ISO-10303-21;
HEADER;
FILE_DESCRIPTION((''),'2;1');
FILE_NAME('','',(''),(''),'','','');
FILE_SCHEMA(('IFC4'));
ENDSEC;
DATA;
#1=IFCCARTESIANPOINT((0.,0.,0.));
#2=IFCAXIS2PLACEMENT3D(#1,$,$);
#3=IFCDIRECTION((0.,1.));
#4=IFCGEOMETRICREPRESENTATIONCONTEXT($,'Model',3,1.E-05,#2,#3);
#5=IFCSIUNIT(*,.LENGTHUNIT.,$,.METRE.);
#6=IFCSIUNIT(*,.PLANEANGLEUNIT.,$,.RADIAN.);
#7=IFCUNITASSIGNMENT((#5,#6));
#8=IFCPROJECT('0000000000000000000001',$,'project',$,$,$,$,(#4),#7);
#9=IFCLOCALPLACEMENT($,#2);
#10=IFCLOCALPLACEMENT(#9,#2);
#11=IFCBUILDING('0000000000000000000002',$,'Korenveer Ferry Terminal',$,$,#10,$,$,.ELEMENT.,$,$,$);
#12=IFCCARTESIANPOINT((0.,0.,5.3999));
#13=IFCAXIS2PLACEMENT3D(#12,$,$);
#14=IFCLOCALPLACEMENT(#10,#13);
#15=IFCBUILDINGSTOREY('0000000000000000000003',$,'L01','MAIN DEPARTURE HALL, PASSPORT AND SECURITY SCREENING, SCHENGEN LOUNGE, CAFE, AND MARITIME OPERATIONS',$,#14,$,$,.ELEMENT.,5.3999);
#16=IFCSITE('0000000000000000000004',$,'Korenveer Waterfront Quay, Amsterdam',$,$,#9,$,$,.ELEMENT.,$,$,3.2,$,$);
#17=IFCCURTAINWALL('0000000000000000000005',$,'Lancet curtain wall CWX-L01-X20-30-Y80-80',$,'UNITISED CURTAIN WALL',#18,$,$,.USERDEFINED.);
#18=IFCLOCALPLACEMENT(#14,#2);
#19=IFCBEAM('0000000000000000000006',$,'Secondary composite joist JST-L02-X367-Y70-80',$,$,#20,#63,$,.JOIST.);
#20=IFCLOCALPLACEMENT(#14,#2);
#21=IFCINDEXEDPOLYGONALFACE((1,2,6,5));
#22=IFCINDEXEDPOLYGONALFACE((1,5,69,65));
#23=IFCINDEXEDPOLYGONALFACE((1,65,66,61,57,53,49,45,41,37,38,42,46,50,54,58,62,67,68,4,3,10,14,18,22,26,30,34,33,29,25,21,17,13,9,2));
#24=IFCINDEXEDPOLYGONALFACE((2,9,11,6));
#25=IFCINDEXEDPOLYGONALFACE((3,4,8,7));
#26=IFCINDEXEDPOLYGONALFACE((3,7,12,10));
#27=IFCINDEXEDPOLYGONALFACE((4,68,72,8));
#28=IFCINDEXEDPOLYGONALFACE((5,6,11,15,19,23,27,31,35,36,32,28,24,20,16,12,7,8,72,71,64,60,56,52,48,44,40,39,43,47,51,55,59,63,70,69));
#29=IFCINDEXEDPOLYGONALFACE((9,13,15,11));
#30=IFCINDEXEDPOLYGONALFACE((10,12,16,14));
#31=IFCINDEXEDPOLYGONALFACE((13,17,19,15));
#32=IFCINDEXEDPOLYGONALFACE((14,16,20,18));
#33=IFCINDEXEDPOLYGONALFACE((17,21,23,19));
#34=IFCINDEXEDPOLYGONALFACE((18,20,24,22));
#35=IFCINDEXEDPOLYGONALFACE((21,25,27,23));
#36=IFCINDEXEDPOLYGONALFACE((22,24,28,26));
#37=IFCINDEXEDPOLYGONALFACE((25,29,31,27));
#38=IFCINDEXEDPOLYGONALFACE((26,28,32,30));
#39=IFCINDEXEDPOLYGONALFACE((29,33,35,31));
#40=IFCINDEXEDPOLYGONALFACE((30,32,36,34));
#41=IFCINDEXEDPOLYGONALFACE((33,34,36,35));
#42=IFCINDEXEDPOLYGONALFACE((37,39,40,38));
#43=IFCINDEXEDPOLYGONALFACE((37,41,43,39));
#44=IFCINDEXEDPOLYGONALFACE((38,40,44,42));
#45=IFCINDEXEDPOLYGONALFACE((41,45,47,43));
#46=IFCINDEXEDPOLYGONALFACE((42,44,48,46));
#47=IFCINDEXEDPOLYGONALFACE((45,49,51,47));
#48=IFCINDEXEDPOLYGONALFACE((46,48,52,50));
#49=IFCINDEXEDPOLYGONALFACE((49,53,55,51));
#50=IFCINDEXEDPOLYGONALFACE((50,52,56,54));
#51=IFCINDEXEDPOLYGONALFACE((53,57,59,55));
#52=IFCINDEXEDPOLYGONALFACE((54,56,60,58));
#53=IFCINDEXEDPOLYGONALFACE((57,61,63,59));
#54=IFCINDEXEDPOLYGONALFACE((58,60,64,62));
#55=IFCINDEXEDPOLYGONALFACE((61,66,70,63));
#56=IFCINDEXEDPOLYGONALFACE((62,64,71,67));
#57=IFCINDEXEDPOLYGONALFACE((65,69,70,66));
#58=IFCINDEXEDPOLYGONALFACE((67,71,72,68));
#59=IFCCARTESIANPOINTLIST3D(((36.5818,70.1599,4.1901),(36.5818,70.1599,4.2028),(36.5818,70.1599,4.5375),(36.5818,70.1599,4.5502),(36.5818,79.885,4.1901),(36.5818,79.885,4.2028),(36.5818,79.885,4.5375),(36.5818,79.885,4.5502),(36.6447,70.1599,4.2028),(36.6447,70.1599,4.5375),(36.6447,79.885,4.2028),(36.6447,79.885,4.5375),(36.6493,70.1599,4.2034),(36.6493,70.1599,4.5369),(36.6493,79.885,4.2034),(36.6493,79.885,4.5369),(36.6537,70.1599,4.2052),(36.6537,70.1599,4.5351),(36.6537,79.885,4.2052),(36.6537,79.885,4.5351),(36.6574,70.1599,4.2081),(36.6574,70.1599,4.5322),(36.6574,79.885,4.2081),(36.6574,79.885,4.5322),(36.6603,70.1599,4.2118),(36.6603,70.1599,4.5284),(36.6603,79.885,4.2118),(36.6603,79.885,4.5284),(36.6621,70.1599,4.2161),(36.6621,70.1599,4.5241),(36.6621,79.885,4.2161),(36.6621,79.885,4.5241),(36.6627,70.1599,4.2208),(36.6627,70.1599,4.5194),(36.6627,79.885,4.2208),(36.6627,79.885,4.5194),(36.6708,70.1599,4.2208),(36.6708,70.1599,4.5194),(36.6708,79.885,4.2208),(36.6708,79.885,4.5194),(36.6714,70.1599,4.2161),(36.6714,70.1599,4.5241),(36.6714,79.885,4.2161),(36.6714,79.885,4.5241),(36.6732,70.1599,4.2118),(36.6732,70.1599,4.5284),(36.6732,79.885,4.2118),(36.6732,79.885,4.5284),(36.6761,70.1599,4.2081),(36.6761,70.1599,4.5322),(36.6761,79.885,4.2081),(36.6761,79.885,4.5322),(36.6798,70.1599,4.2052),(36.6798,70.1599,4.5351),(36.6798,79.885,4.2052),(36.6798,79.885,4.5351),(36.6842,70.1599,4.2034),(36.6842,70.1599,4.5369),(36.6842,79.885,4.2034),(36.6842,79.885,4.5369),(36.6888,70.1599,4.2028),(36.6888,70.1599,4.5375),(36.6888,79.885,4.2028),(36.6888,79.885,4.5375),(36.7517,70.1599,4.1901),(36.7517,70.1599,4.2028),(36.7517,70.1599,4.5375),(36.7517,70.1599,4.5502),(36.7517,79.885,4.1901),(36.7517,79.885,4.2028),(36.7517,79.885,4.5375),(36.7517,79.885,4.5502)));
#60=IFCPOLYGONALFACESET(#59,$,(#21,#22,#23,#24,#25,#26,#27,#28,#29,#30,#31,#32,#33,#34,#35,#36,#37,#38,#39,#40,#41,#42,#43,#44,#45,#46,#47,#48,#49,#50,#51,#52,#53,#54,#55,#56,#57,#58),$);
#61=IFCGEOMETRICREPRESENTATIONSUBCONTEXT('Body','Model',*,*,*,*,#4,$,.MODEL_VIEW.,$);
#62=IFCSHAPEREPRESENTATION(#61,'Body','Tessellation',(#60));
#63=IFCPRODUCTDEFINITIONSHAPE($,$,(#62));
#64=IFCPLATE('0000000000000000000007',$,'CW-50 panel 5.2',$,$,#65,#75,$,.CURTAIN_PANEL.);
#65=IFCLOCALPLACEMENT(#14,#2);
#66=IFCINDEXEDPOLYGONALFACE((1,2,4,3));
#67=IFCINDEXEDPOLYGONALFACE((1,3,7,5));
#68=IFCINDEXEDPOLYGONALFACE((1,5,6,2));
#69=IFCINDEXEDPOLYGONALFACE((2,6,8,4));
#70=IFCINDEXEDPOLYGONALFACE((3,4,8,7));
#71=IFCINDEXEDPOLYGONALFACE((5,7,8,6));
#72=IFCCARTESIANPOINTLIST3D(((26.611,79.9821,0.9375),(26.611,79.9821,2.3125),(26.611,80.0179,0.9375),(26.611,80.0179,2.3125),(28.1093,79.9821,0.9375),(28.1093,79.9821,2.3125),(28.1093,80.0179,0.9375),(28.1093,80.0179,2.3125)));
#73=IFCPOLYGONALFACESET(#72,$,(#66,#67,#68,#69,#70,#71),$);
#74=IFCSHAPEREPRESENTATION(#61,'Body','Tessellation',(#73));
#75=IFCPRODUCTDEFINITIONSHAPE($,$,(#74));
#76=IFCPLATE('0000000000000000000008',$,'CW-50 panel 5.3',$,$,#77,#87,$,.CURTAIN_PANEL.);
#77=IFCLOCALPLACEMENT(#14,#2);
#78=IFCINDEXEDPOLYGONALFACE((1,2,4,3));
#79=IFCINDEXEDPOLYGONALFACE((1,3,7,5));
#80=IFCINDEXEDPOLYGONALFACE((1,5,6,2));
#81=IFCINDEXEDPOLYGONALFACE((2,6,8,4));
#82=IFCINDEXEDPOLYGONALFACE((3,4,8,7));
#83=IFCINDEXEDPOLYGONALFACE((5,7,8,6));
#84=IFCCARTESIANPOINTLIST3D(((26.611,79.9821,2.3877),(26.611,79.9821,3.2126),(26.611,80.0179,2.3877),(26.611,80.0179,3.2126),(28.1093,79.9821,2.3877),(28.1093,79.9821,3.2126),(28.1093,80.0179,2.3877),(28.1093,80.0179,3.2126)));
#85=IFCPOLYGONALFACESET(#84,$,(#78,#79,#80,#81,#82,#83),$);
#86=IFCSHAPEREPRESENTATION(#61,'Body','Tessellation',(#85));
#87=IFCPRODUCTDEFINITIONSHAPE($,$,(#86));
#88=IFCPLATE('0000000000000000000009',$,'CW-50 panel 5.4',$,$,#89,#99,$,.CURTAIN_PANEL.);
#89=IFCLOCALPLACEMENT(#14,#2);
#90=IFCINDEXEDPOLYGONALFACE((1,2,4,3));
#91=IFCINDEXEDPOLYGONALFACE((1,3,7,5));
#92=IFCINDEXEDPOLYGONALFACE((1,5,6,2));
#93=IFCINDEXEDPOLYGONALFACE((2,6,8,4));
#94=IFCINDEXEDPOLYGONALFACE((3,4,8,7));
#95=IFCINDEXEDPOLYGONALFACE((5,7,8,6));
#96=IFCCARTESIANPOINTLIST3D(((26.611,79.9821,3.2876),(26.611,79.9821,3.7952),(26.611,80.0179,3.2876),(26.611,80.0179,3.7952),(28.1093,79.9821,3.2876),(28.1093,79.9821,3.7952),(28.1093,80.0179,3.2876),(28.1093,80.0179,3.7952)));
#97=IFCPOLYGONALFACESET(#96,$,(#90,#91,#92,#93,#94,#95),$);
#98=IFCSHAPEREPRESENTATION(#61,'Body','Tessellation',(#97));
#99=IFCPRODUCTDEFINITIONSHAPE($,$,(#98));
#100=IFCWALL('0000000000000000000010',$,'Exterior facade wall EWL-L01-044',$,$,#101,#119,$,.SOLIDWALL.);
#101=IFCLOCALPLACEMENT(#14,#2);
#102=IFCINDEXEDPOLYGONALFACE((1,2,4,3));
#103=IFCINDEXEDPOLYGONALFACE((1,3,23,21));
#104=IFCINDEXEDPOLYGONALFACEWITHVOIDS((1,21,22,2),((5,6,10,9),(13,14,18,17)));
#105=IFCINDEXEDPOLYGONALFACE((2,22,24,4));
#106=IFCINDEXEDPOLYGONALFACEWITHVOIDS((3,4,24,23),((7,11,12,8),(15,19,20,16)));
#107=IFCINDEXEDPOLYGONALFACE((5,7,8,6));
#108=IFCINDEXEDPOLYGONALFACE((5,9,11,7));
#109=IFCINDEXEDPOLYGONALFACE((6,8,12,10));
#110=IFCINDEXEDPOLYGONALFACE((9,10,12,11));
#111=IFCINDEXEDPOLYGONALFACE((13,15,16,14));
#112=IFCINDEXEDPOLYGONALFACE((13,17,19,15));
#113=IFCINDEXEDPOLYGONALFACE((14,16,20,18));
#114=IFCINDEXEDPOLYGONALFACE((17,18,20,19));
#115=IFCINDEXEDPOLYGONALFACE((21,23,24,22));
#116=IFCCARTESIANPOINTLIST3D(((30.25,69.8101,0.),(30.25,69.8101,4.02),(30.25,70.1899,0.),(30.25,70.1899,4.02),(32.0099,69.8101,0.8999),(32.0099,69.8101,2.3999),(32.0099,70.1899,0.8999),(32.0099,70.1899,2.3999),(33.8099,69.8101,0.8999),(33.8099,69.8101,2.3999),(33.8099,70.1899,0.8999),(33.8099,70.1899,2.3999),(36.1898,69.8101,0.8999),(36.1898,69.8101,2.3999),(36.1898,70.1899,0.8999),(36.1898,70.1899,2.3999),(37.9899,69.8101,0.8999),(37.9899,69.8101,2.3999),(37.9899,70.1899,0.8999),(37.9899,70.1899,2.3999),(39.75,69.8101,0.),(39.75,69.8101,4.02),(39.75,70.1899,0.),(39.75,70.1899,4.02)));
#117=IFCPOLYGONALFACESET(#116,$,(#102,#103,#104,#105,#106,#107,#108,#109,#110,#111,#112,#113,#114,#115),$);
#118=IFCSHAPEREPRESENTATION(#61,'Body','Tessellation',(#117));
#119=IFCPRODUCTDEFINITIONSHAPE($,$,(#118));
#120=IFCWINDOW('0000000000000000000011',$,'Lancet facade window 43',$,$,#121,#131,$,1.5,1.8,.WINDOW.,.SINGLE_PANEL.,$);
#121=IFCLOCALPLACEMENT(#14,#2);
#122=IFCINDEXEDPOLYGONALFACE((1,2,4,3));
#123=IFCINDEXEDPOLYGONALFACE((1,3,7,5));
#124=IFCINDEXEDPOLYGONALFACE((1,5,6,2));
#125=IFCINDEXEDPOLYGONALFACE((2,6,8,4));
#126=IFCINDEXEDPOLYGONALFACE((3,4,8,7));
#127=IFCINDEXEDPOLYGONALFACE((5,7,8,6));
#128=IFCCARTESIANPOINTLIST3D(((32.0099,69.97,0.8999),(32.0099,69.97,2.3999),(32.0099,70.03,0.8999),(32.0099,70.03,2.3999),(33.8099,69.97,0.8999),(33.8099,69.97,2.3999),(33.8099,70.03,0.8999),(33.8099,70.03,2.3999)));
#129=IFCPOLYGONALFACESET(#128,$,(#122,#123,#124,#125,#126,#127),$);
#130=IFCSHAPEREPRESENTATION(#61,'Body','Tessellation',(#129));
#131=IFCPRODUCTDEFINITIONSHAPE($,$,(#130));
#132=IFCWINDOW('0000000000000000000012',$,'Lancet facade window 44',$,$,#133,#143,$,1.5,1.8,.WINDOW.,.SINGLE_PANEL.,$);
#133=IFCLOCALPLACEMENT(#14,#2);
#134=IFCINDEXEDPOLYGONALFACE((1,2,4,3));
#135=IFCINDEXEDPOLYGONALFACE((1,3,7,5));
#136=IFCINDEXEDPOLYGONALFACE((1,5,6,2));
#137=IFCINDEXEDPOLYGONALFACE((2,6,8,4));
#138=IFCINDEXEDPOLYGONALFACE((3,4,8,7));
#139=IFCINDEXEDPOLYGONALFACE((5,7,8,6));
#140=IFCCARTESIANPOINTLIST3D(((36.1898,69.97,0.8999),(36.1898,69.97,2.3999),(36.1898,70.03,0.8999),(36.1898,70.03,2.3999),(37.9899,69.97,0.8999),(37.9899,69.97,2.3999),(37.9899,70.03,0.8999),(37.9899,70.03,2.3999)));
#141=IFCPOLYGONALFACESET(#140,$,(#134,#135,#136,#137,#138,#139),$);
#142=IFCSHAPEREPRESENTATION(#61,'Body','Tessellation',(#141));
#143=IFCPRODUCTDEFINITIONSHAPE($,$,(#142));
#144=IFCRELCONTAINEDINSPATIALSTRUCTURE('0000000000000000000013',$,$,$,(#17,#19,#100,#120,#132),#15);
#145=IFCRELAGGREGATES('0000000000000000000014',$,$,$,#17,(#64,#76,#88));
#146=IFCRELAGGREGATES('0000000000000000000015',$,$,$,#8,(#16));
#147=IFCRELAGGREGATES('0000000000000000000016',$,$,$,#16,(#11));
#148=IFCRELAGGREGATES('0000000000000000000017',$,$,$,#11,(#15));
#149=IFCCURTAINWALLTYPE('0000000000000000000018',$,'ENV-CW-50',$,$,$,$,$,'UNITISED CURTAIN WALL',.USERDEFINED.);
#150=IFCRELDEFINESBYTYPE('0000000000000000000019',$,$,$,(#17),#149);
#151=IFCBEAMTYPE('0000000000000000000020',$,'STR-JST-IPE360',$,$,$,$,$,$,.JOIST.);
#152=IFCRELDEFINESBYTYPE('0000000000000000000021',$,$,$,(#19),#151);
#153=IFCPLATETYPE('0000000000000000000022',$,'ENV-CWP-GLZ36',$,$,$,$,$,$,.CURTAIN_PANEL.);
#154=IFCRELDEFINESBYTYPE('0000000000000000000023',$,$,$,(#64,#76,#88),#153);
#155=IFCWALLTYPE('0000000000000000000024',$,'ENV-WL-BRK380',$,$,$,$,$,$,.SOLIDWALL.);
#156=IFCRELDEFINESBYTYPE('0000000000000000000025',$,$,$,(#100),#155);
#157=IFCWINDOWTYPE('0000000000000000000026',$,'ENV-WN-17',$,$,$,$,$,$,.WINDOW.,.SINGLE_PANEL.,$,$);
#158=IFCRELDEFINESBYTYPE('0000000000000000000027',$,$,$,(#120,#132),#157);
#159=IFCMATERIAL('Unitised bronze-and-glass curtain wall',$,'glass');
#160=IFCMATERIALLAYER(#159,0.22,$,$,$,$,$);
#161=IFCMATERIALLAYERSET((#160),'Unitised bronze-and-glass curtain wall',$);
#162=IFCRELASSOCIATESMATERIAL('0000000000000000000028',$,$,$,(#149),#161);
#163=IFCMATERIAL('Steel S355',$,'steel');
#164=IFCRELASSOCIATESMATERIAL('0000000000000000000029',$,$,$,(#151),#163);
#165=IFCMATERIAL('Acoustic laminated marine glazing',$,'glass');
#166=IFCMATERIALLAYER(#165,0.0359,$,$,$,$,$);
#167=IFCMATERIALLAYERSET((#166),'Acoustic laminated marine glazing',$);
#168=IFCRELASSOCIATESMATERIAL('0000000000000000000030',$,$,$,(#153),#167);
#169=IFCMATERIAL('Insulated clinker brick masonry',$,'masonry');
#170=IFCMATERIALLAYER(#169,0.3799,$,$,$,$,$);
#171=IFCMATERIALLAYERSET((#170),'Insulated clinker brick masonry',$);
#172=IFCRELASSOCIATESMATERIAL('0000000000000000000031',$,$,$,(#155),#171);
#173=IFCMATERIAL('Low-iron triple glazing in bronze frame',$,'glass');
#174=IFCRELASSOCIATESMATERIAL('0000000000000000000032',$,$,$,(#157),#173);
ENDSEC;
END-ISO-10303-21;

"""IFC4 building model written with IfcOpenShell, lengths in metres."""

from ifc_helpers import new_model, si_unit, direction, frame, frame_2d, origin, origin_2d, place, context, subcontext, project, spatial, rectangle, i_section, extrude, material, layer, layer_set, material_profile, profile_set, type_object, element, fill, aggregate, save


model = new_model("IFC4")

# Units and contexts
model_context = context("Model", 3, precision=1e-05, world=origin(), true_north=direction((0.0, 1.0)))
body_context = subcontext(model_context, "Body", "Model", "MODEL_VIEW")
ifc_project = project(units=[si_unit("LENGTHUNIT", "METRE"), si_unit("PLANEANGLEUNIT", "RADIAN")], contexts=[model_context])

# Site, building, storey
site_placement = place(None, origin())
site = spatial("IfcSite", under=ifc_project, at=site_placement, Name="Korenveer Waterfront Quay, Amsterdam", CompositionType="ELEMENT", RefElevation=3.2)
building_placement = place(site_placement, origin())
building = spatial("IfcBuilding", under=site, at=building_placement, Name="Korenveer Ferry Terminal", CompositionType="ELEMENT")
storey_placement = place(building_placement, frame((0.0, 0.0, 5.3999)))
storey = spatial("IfcBuildingStorey", under=building, at=storey_placement, Name="L01", Description="MAIN DEPARTURE HALL, PASSPORT AND SECURITY SCREENING, SCHENGEN LOUNGE, CAFE, AND MARITIME OPERATIONS", CompositionType="ELEMENT", Elevation=5.3999)

# Curtain wall
ifc_material_1 = material(Name="Unitised bronze-and-glass curtain wall", Category="glass")
ifc_layer_1 = layer(ifc_material_1, 0.22)
ifc_layer_set_1 = layer_set([ifc_layer_1], Name="Unitised bronze-and-glass curtain wall")
curtain_wall_type = type_object("IfcCurtainWallType", Name="ENV-CW-50", ElementType="UNITISED CURTAIN WALL", PredefinedType="USERDEFINED", material=ifc_layer_set_1)
curtain_wall_placement = place(storey_placement, frame((20.28, 80.0, 0.0)))
curtain_wall = element("IfcCurtainWall", 1, at=curtain_wall_placement, inside=storey, type_object=curtain_wall_type, Name="Lancet curtain wall CWX-L01-X20-30-Y80-80", ObjectType="UNITISED CURTAIN WALL", PredefinedType="USERDEFINED")

# Beam
ifc_material_2 = material(Name="Steel S355", Category="steel")
ifc_material_profile_1 = material_profile(ifc_material_2, i_section(OverallWidth=0.1699, OverallDepth=0.3601, WebThickness=0.0081, FlangeThickness=0.0127, FilletRadius=0.0181, at=origin_2d()), Name="IPE 360")
ifc_profile_set_1 = profile_set([ifc_material_profile_1], Name="Steel S355")
beam_type_1 = type_object("IfcBeamType", Name="STR-JST-IPE360", PredefinedType="JOIST", material=ifc_profile_set_1)
for number, where, z_axis, x_axis, name in (
    (2, (36.6667, 70.1599, 4.3701), (0.0, 1.0, 0.0), (-1.0, 0.0, 0.0), "Secondary composite joist JST-L02-X367-Y70-80"),
):
    element("IfcBeam", number, at=place(storey_placement, frame(where, z_axis=z_axis, x_axis=x_axis)), inside=storey, type_object=beam_type_1, Name=name, PredefinedType="JOIST", context=body_context, shape_type="SweptSolid", body=[
        extrude(i_section(OverallWidth=0.1699, OverallDepth=0.3601, WebThickness=0.0081, FlangeThickness=0.0127, FilletRadius=0.0181, at=origin_2d()), origin(), (0.0, 0.0, 1.0), 9.7251),
    ])

# Plates
ifc_material_3 = material(Name="Acoustic laminated marine glazing", Category="glass")
ifc_layer_2 = layer(ifc_material_3, 0.0359)
ifc_layer_set_2 = layer_set([ifc_layer_2], Name="Acoustic laminated marine glazing")
plate_type = type_object("IfcPlateType", Name="ENV-CWP-GLZ36", PredefinedType="CURTAIN_PANEL", material=ifc_layer_set_2)
plate_1_placement = place(storey_placement, frame((27.3601, 80.0, 0.9375), z_axis=(0.0, 0.0, 1.0), x_axis=(1.0, 0.0, 0.0)))
plate_1 = element("IfcPlate", 3, at=plate_1_placement, type_object=plate_type, Name="CW-50 panel 5.2", PredefinedType="CURTAIN_PANEL", context=body_context, shape_type="SweptSolid", body=[
    extrude(rectangle(XDim=1.4983, YDim=0.0359, at=origin_2d()), origin(), (0.0, 0.0, 1.0), 1.375),
])
plate_2_placement = place(storey_placement, frame((27.3601, 80.0, 2.3877), z_axis=(0.0, 0.0, 1.0), x_axis=(1.0, 0.0, 0.0)))
plate_2 = element("IfcPlate", 4, at=plate_2_placement, type_object=plate_type, Name="CW-50 panel 5.3", PredefinedType="CURTAIN_PANEL", context=body_context, shape_type="SweptSolid", body=[
    extrude(rectangle(XDim=1.4983, YDim=0.0359, at=origin_2d()), origin(), (0.0, 0.0, 1.0), 0.825),
])
plate_3_placement = place(storey_placement, frame((27.3601, 80.0, 3.2876), z_axis=(0.0, 0.0, 1.0), x_axis=(1.0, 0.0, 0.0)))
plate_3 = element("IfcPlate", 5, at=plate_3_placement, type_object=plate_type, Name="CW-50 panel 5.4", PredefinedType="CURTAIN_PANEL", context=body_context, shape_type="SweptSolid", body=[
    extrude(rectangle(XDim=1.4983, YDim=0.0359, at=origin_2d()), origin(), (0.0, 0.0, 1.0), 0.5076),
])
aggregate(curtain_wall, [plate_1, plate_2, plate_3])

# Wall, openings, windows
ifc_material_4 = material(Name="Insulated clinker brick masonry", Category="masonry")
ifc_layer_3 = layer(ifc_material_4, 0.3799)
ifc_layer_set_3 = layer_set([ifc_layer_3], Name="Insulated clinker brick masonry")
wall_type = type_object("IfcWallType", Name="ENV-WL-BRK380", PredefinedType="SOLIDWALL", material=ifc_layer_set_3)
wall_1_placement = place(storey_placement, frame((30.25, 70.0, 0.0), z_axis=(0.0, 0.0, 1.0), x_axis=(1.0, 0.0, 0.0)))
wall_1 = element("IfcWall", 6, at=wall_1_placement, inside=storey, type_object=wall_type, Name="Exterior facade wall EWL-L01-044", PredefinedType="SOLIDWALL", context=body_context, shape_type="SweptSolid", body=[
    extrude(rectangle(XDim=9.5, YDim=0.3799, at=frame_2d((4.75, 0.0))), origin(), (0.0, 0.0, 1.0), 4.02),
])
opening_1_placement = place(wall_1_placement, frame((1.76, 0.0, 0.8999)))
opening_1 = element("IfcOpeningElement", 7, at=opening_1_placement, cuts=wall_1, PredefinedType="OPENING", context=body_context, shape_type="SweptSolid", body=[
    extrude(rectangle(XDim=1.8, YDim=1.5, at=frame_2d((0.8999, 0.75))), frame((0.0, 0.2, 0.0), z_axis=(0.0, -1.0, 0.0), x_axis=(1.0, 0.0, 0.0)), (0.0, 0.0, 1.0), 0.3999),
])
opening_2_placement = place(wall_1_placement, frame((5.9399, 0.0, 0.8999)))
opening_2 = element("IfcOpeningElement", 8, at=opening_2_placement, cuts=wall_1, PredefinedType="OPENING", context=body_context, shape_type="SweptSolid", body=[
    extrude(rectangle(XDim=1.8, YDim=1.5, at=frame_2d((0.8999, 0.75))), frame((0.0, 0.2, 0.0), z_axis=(0.0, -1.0, 0.0), x_axis=(1.0, 0.0, 0.0)), (0.0, 0.0, 1.0), 0.3999),
])
ifc_material_5 = material(Name="Low-iron triple glazing in bronze frame", Category="glass")
window_type_1 = type_object("IfcWindowType", Name="ENV-WN-17", PartitioningType="SINGLE_PANEL", PredefinedType="WINDOW", material=ifc_material_5)
window_1_placement = place(opening_1_placement, origin())
window_1 = element("IfcWindow", 9, at=window_1_placement, inside=storey, type_object=window_type_1, Name="Lancet facade window 43", OverallHeight=1.5, OverallWidth=1.8, PartitioningType="SINGLE_PANEL", PredefinedType="WINDOW", context=body_context, shape_type="SweptSolid", body=[
    extrude(rectangle(XDim=1.8, YDim=1.5, at=frame_2d((0.8999, 0.75))), frame((0.0, 0.03, 0.0), z_axis=(0.0, -1.0, 0.0), x_axis=(1.0, 0.0, 0.0)), (0.0, 0.0, 1.0), 0.0601),
])
fill(opening_1, window_1)
window_2_placement = place(opening_2_placement, origin())
window_2 = element("IfcWindow", 10, at=window_2_placement, inside=storey, type_object=window_type_1, Name="Lancet facade window 44", OverallHeight=1.5, OverallWidth=1.8, PartitioningType="SINGLE_PANEL", PredefinedType="WINDOW", context=body_context, shape_type="SweptSolid", body=[
    extrude(rectangle(XDim=1.8, YDim=1.5, at=frame_2d((0.8999, 0.75))), frame((0.0, 0.03, 0.0), z_axis=(0.0, -1.0, 0.0), x_axis=(1.0, 0.0, 0.0)), (0.0, 0.0, 1.0), 0.0601),
])
fill(opening_2, window_2)

save(model, "model.ifc")
